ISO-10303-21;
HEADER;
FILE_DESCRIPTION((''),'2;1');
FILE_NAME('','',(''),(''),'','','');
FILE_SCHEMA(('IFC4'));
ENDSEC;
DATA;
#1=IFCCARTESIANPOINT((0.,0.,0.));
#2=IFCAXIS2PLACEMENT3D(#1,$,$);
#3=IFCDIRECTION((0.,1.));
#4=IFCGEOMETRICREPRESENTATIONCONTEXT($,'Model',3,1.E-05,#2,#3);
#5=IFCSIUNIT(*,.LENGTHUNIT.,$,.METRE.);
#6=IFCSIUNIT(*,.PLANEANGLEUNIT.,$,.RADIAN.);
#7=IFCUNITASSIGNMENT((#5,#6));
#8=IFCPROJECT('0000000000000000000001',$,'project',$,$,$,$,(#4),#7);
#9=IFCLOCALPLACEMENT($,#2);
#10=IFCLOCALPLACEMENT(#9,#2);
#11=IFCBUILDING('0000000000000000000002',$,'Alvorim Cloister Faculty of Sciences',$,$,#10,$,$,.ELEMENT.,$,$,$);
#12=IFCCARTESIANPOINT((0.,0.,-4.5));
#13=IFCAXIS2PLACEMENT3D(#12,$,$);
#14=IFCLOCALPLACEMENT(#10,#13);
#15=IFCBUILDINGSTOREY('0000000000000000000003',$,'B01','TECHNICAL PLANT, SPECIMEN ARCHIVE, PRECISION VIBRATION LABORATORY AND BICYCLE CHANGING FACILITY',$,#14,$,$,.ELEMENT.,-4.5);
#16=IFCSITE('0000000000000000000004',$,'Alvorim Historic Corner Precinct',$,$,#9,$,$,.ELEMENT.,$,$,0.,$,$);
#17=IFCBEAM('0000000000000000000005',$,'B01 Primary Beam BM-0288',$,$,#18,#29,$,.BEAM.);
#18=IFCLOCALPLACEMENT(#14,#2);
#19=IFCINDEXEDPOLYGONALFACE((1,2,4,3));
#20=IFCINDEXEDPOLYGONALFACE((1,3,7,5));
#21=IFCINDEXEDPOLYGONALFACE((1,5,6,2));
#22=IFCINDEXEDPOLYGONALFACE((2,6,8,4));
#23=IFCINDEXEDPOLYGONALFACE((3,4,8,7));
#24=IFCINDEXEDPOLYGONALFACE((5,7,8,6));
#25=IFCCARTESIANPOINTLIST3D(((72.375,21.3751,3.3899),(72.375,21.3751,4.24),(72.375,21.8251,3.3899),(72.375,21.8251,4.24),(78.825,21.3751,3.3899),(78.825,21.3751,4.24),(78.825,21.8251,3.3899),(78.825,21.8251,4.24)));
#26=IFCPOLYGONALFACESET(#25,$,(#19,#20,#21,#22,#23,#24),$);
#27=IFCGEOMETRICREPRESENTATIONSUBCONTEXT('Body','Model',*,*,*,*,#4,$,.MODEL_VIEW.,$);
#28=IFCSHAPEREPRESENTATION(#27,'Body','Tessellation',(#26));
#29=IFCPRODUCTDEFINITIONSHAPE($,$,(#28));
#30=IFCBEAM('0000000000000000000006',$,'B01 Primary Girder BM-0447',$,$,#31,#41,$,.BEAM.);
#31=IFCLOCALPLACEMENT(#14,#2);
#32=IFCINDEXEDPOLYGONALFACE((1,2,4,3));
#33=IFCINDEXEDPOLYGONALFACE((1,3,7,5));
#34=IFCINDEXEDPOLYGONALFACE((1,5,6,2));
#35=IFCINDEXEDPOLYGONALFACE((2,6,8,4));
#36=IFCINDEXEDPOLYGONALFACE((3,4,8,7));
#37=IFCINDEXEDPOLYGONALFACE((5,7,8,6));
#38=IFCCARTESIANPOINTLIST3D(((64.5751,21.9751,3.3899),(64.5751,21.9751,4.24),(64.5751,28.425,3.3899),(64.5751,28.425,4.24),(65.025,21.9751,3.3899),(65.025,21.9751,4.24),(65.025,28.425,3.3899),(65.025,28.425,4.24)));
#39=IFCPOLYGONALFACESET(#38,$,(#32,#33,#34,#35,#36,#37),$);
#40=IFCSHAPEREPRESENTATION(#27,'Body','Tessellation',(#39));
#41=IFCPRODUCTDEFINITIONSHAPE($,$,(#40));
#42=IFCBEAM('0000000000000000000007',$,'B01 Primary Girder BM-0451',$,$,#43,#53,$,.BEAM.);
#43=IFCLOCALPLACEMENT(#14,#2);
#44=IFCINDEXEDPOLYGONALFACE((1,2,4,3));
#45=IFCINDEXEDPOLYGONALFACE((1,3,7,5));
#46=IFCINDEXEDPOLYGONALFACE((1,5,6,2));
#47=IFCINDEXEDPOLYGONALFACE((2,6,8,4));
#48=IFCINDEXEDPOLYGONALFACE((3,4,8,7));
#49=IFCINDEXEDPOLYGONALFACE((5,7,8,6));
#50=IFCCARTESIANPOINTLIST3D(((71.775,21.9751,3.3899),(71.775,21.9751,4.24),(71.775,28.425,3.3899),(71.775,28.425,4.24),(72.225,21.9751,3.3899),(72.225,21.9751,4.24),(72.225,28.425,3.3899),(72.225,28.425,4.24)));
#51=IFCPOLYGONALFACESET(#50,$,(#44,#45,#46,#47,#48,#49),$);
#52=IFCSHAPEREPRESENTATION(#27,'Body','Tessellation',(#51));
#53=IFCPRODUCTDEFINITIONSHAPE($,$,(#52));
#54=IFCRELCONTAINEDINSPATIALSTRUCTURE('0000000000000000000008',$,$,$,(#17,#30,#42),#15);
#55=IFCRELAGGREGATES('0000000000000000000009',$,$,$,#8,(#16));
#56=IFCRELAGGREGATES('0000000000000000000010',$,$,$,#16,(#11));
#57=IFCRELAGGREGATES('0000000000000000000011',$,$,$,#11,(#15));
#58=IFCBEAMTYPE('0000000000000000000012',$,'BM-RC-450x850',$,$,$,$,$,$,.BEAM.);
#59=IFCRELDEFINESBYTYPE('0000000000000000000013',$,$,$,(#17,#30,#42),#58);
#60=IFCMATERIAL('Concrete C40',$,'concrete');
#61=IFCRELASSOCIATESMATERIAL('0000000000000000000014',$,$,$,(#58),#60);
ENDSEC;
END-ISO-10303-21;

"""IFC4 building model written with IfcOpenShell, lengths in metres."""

from ifc_helpers import new_model, si_unit, direction, frame, origin, origin_2d, place, context, subcontext, project, spatial, rectangle, extrude, material, material_profile, profile_set, type_object, element, save


model = new_model("IFC4")

# Units and contexts
model_context = context("Model", 3, precision=1e-05, world=origin(), true_north=direction((0.0, 1.0)))
body_context = subcontext(model_context, "Body", "Model", "MODEL_VIEW")
ifc_project = project(units=[si_unit("LENGTHUNIT", "METRE"), si_unit("PLANEANGLEUNIT", "RADIAN")], contexts=[model_context])

# Site, building, storey
site_placement = place(None, origin())
site = spatial("IfcSite", under=ifc_project, at=site_placement, Name="Alvorim Historic Corner Precinct", CompositionType="ELEMENT", RefElevation=0.0)
building_placement = place(site_placement, origin())
building = spatial("IfcBuilding", under=site, at=building_placement, Name="Alvorim Cloister Faculty of Sciences", CompositionType="ELEMENT")
storey_placement = place(building_placement, frame((0.0, 0.0, -4.5)))
storey = spatial("IfcBuildingStorey", under=building, at=storey_placement, Name="B01", Description="TECHNICAL PLANT, SPECIMEN ARCHIVE, PRECISION VIBRATION LABORATORY AND BICYCLE CHANGING FACILITY", CompositionType="ELEMENT", Elevation=-4.5)

# Shared definitions
ifc_material_1 = material(Name="Concrete C40", Category="concrete")

# Beams
ifc_material_profile_1 = material_profile(ifc_material_1, rectangle(XDim=0.45, YDim=0.8501, at=origin_2d()), Name="RC40-BM-450x850")
ifc_profile_set_1 = profile_set([ifc_material_profile_1], Name="Concrete C40")
beam_type_1 = type_object("IfcBeamType", Name="BM-RC-450x850", PredefinedType="BEAM", material=ifc_profile_set_1)
for number, where, z_axis, x_axis, name in (
    (1, (72.375, 21.6001, 3.8149), (1.0, 0.0, 0.0), (0.0, 1.0, 0.0), "B01 Primary Beam BM-0288"),
    (2, (64.8, 21.9751, 3.8149), (0.0, 1.0, 0.0), (-1.0, 0.0, 0.0), "B01 Primary Girder BM-0447"),
    (3, (72.0, 21.9751, 3.8149), (0.0, 1.0, 0.0), (-1.0, 0.0, 0.0), "B01 Primary Girder BM-0451"),
):
    element("IfcBeam", number, at=place(storey_placement, frame(where, z_axis=z_axis, x_axis=x_axis)), inside=storey, type_object=beam_type_1, Name=name, PredefinedType="BEAM", context=body_context, shape_type="SweptSolid", body=[
        extrude(rectangle(XDim=0.45, YDim=0.8501, at=origin_2d()), origin(), (0.0, 0.0, 1.0), 6.45),
    ])

save(model, "model.ifc")
